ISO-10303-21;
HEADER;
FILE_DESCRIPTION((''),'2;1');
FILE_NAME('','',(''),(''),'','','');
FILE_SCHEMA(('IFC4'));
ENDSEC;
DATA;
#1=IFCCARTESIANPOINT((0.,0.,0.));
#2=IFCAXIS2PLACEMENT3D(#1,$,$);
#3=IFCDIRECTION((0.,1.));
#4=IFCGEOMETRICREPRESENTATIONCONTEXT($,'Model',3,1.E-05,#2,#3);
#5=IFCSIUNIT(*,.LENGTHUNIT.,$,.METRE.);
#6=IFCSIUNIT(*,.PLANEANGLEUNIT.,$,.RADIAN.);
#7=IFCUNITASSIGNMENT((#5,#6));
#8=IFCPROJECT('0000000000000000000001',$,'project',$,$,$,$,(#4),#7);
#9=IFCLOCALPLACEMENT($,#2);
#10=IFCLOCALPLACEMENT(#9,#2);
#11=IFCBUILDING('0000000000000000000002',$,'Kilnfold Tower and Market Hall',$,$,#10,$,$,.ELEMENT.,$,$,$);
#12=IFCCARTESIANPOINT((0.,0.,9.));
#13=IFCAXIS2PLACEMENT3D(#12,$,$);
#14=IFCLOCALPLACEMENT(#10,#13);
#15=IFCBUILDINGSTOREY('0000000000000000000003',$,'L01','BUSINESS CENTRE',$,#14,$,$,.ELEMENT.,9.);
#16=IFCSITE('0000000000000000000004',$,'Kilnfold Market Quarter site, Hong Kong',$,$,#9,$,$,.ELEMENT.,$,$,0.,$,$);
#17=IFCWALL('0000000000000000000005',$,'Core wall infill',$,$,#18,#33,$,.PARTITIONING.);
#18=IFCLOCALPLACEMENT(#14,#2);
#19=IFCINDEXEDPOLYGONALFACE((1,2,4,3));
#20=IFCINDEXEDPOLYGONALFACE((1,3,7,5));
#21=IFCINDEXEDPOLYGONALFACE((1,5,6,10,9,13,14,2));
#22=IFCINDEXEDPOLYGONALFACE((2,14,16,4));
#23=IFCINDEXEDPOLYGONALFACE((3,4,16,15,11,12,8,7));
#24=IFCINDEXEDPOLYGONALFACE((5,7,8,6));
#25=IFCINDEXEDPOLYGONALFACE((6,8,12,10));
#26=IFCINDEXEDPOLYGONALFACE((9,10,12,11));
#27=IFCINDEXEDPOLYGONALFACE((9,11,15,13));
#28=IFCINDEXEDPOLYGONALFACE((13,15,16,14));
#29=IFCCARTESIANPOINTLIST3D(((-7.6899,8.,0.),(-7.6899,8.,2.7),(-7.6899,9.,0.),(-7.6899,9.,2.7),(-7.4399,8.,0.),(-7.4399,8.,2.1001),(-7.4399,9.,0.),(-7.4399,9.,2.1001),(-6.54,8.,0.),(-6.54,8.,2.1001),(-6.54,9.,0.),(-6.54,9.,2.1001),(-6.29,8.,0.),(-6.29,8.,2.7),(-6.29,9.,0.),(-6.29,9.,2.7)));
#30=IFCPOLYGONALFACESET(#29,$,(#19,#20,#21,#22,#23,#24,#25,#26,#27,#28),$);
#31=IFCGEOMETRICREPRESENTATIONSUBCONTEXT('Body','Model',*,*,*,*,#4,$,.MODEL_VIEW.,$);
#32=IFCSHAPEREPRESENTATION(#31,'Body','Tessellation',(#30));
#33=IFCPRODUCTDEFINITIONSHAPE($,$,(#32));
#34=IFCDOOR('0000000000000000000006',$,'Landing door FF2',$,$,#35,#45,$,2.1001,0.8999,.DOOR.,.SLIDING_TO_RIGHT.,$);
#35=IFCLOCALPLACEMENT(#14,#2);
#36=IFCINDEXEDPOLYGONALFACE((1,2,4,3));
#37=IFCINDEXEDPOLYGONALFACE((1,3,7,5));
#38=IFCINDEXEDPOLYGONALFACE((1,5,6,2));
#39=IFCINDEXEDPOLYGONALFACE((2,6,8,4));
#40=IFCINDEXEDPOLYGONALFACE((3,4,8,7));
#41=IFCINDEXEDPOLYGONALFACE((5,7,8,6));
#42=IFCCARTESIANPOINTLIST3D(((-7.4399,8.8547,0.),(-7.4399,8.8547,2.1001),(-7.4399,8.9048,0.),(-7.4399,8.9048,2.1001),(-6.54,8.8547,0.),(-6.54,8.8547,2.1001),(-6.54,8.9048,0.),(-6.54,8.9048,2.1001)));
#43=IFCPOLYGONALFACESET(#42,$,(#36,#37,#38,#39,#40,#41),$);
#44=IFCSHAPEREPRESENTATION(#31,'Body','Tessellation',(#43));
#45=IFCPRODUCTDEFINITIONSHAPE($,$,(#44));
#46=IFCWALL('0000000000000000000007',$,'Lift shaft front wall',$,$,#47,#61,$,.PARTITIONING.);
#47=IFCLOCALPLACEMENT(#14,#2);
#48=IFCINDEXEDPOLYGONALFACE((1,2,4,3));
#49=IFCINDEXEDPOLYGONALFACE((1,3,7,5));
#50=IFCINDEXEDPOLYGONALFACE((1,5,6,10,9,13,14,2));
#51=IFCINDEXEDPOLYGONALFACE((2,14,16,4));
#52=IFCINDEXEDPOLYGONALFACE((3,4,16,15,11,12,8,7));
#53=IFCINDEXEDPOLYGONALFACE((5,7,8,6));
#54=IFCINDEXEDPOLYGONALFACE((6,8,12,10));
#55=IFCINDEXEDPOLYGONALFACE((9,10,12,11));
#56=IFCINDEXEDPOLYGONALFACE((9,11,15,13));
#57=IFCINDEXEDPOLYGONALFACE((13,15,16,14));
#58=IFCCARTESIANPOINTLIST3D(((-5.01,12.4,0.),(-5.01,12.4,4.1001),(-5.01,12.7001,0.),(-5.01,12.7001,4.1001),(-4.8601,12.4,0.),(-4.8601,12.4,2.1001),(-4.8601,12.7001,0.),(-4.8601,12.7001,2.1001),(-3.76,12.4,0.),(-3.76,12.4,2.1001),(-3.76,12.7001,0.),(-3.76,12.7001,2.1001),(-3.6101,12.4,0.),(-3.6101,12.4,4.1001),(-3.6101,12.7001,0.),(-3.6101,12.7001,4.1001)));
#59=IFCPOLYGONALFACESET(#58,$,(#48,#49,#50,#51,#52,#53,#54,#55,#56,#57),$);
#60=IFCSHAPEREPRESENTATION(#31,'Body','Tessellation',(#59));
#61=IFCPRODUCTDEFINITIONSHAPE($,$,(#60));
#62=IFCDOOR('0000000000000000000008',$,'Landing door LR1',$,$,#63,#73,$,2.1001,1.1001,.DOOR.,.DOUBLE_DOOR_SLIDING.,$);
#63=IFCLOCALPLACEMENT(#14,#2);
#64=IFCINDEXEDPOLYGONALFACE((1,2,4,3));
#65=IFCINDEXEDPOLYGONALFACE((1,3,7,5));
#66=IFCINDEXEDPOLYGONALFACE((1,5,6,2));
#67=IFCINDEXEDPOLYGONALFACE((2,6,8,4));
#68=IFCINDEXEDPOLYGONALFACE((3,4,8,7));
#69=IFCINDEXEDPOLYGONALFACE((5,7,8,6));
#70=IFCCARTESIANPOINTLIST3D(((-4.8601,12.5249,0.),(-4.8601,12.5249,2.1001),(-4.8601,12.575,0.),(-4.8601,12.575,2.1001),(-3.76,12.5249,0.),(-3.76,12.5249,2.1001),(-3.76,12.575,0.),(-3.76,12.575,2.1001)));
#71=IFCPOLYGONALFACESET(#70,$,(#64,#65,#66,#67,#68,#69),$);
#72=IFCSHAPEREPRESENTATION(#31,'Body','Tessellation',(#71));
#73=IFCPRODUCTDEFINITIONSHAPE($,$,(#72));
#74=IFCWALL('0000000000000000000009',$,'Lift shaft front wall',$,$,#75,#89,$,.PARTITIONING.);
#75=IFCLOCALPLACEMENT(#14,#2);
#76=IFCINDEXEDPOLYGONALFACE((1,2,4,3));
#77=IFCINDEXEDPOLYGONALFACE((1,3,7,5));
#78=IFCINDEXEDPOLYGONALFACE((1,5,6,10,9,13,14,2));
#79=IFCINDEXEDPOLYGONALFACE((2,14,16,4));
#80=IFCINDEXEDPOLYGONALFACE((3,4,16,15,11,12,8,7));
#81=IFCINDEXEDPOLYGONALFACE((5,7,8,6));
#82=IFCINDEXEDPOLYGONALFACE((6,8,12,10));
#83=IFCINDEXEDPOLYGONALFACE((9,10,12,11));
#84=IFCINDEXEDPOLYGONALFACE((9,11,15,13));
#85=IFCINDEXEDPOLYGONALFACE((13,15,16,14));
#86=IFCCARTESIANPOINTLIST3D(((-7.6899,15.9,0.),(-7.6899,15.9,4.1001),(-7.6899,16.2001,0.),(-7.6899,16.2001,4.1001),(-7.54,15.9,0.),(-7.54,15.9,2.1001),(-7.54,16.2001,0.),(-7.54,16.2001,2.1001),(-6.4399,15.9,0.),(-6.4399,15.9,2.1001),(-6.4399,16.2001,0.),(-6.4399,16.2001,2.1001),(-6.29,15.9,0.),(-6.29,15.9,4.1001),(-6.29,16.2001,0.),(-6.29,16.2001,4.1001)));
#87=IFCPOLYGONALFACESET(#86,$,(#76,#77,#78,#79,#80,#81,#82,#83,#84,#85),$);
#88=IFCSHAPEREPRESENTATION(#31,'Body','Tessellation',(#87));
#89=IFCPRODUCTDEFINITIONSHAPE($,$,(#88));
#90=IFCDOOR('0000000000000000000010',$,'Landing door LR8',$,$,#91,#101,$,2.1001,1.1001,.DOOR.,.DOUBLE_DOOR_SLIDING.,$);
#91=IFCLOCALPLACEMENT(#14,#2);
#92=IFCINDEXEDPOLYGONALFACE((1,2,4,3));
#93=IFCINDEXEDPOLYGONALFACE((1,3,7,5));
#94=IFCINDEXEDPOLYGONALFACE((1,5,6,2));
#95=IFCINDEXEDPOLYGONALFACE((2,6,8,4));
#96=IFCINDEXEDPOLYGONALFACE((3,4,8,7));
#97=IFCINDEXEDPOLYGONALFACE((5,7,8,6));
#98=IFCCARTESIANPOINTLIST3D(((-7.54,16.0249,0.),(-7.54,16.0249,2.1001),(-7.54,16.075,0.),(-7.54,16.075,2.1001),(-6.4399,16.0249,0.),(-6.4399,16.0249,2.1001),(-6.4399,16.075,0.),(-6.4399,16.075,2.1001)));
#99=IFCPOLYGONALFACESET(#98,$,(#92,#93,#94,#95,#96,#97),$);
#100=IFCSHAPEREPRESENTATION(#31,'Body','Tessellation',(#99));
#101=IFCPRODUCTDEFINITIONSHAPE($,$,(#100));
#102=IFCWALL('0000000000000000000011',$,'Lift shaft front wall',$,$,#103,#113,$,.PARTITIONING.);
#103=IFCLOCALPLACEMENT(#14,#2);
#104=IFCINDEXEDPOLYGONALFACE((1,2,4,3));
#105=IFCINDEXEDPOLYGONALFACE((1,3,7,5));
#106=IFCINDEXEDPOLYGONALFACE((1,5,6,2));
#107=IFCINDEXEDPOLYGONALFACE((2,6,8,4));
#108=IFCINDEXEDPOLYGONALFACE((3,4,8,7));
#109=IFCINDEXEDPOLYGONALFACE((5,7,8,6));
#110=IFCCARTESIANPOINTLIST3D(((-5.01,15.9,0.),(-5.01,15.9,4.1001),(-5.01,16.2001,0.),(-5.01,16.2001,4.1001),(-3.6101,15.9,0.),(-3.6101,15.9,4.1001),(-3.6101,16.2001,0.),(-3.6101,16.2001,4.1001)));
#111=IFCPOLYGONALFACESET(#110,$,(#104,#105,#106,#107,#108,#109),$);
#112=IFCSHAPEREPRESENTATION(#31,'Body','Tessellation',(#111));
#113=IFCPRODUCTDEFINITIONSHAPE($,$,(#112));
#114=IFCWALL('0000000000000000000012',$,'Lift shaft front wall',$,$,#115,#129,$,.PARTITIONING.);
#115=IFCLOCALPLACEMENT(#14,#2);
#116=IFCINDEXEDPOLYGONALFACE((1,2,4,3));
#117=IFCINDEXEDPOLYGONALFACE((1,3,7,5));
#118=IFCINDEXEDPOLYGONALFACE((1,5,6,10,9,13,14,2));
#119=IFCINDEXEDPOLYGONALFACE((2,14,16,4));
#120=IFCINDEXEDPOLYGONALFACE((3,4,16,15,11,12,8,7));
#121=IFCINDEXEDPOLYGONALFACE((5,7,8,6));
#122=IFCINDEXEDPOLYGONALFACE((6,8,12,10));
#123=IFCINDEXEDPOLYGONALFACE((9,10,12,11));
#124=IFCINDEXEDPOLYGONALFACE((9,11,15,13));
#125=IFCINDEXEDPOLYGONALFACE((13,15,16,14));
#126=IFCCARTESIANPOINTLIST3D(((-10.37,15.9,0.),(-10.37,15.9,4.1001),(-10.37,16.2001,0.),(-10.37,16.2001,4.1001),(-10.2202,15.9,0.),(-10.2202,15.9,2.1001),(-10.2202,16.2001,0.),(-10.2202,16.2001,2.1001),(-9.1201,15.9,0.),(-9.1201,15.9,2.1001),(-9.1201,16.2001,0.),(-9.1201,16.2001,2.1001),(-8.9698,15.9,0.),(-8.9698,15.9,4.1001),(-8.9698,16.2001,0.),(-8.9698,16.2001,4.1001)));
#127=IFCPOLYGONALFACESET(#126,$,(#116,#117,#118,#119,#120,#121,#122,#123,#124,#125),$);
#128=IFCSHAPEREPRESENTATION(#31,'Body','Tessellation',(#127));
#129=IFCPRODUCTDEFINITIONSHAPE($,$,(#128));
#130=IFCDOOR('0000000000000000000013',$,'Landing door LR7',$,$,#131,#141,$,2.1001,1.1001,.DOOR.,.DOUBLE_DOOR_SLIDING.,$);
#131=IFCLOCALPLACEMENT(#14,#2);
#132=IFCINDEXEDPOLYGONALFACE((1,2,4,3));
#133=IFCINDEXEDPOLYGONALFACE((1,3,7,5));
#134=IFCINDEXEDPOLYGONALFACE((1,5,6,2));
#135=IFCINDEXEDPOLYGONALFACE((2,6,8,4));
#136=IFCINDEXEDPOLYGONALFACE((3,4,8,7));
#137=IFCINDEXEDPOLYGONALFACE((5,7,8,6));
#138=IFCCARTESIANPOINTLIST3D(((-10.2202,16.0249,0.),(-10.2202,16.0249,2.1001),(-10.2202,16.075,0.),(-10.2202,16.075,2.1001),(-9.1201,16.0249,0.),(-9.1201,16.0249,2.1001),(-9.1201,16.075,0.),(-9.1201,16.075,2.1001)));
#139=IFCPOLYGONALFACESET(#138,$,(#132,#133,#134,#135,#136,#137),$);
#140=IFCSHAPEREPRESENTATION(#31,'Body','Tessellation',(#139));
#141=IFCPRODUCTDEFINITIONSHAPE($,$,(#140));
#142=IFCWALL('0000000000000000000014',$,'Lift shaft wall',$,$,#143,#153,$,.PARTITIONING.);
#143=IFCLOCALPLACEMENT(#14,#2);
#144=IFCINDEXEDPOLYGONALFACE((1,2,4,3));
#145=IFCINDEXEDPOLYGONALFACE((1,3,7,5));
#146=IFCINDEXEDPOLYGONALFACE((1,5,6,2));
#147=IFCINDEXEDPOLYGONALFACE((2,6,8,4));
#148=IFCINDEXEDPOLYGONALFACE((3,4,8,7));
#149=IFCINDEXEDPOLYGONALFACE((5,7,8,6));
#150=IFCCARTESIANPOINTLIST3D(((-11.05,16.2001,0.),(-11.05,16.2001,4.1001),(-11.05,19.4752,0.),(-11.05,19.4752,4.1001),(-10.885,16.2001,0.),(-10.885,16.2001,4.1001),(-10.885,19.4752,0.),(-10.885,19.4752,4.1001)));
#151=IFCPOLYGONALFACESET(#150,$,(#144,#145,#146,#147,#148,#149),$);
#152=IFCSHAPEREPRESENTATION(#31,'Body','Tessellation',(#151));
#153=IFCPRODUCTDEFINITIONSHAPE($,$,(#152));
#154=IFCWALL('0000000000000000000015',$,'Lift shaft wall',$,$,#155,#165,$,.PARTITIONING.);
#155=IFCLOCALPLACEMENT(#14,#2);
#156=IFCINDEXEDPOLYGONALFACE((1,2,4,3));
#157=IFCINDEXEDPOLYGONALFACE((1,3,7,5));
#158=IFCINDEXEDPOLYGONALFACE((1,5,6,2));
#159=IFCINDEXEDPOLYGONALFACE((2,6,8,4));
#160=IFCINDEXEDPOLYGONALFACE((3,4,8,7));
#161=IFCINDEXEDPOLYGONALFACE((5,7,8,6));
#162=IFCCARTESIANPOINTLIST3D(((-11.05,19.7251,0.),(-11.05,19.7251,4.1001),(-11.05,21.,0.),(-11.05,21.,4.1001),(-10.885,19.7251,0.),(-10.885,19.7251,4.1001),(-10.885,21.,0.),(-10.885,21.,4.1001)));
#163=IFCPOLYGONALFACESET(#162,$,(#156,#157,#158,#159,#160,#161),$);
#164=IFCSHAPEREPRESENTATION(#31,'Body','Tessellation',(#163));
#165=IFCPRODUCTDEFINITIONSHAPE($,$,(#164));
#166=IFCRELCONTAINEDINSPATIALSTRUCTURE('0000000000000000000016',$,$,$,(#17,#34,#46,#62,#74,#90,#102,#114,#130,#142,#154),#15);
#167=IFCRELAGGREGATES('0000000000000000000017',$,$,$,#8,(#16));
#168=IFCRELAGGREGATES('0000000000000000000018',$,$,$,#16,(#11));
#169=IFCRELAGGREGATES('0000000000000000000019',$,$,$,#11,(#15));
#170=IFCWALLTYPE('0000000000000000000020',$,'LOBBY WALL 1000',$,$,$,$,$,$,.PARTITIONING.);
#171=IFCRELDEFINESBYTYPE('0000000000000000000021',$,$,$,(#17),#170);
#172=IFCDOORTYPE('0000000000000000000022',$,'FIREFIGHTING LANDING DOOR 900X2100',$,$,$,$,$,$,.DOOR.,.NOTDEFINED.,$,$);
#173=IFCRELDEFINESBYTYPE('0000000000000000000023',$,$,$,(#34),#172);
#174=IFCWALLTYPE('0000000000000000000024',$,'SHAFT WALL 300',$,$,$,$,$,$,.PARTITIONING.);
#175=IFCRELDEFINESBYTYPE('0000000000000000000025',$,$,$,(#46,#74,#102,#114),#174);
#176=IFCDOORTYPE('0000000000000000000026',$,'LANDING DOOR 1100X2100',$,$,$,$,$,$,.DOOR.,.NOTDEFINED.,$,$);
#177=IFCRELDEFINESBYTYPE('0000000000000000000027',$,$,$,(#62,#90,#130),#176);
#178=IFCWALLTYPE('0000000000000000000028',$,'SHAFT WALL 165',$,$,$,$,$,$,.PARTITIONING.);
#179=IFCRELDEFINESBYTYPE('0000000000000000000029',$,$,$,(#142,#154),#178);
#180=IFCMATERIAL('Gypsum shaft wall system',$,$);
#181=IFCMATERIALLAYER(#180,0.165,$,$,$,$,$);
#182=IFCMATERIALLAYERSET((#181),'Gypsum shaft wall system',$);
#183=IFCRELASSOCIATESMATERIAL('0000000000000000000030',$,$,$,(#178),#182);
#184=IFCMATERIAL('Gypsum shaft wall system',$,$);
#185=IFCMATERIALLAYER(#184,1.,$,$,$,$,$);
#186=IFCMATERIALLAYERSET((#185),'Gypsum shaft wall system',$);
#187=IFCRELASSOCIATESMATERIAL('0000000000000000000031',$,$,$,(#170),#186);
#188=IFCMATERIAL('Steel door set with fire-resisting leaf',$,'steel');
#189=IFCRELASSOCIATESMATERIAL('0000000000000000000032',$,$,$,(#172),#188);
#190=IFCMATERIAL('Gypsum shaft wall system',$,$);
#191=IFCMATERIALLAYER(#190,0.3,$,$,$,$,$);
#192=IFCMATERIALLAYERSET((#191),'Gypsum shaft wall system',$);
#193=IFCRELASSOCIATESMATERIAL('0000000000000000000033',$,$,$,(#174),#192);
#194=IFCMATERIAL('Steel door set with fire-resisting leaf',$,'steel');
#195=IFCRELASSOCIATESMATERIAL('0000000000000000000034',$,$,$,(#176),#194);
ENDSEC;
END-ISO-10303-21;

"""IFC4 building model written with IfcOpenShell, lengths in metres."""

from ifc_helpers import new_model, si_unit, direction, frame, frame_2d, origin, place, context, subcontext, project, spatial, rectangle, extrude, source, transform, mapped, material, layer, layer_set, type_object, element, fill, save


model = new_model("IFC4")

# Units and contexts
model_context = context("Model", 3, precision=1e-05, world=origin(), true_north=direction((0.0, 1.0)))
body_context = subcontext(model_context, "Body", "Model", "MODEL_VIEW")
ifc_project = project(units=[si_unit("LENGTHUNIT", "METRE"), si_unit("PLANEANGLEUNIT", "RADIAN")], contexts=[model_context])

# Site, building, storey
site_placement = place(None, origin())
site = spatial("IfcSite", under=ifc_project, at=site_placement, Name="Kilnfold Market Quarter site, Hong Kong", CompositionType="ELEMENT", RefElevation=0.0)
building_placement = place(site_placement, origin())
building = spatial("IfcBuilding", under=site, at=building_placement, Name="Kilnfold Tower and Market Hall", CompositionType="ELEMENT")
storey_placement = place(building_placement, frame((0.0, 0.0, 9.0)))
storey = spatial("IfcBuildingStorey", under=building, at=storey_placement, Name="L01", Description="BUSINESS CENTRE", CompositionType="ELEMENT", Elevation=9.0)

# Shared definitions
ifc_material_1 = material(Name="Gypsum shaft wall system")
ifc_layer_1 = layer(ifc_material_1, 0.165)
ifc_layer_set_1 = layer_set([ifc_layer_1], Name="Gypsum shaft wall system")
wall_type_1 = type_object("IfcWallType", Name="SHAFT WALL 165", PredefinedType="PARTITIONING", material=ifc_layer_set_1)

# Walls, openings, doors
ifc_material_2 = material(Name="Gypsum shaft wall system")
ifc_layer_2 = layer(ifc_material_2, 1.0)
ifc_layer_set_2 = layer_set([ifc_layer_2], Name="Gypsum shaft wall system")
wall_type_2 = type_object("IfcWallType", Name="LOBBY WALL 1000", PredefinedType="PARTITIONING", material=ifc_layer_set_2)
ifc_material_3 = material(Name="Steel door set with fire-resisting leaf", Category="steel")
door_type_1 = type_object("IfcDoorType", Name="FIREFIGHTING LANDING DOOR 900X2100", OperationType="NOTDEFINED", PredefinedType="DOOR", material=ifc_material_3)
shared_shape_1 = source(origin(), body_context, "Body", "SweptSolid", [
    extrude(rectangle(XDim=1.3999, YDim=1.0, at=frame_2d((0.7, 0.0))), origin(), (0.0, 0.0, 1.0), 2.7),
])
wall_1_placement = place(storey_placement, frame((-7.6899, 8.5, 0.0), z_axis=(0.0, 0.0, 1.0), x_axis=(1.0, 0.0, 0.0)))
wall_1 = element("IfcWall", 1, at=wall_1_placement, inside=storey, type_object=wall_type_2, Name="Core wall infill", PredefinedType="PARTITIONING", context=body_context, shape_type="MappedRepresentation", body=[
    mapped(shared_shape_1, transform((0.0, 0.0, 0.0))),
])
opening_1_placement = place(wall_1_placement, frame((0.25, 0.0, 0.0)))
opening_1 = element("IfcOpeningElement", 2, at=opening_1_placement, cuts=wall_1, PredefinedType="OPENING", context=body_context, shape_type="SweptSolid", body=[
    extrude(rectangle(XDim=0.8999, YDim=2.1001, at=frame_2d((0.45, 1.05))), frame((0.0, 0.51, 0.0), z_axis=(0.0, -1.0, 0.0), x_axis=(1.0, 0.0, 0.0)), (0.0, 0.0, 1.0), 1.02),
])
door_1_placement = place(opening_1_placement, origin())
door_1 = element("IfcDoor", 3, at=door_1_placement, inside=storey, type_object=door_type_1, Name="Landing door FF2", OperationType="SLIDING_TO_RIGHT", OverallHeight=2.1001, OverallWidth=0.8999, PredefinedType="DOOR", context=body_context, shape_type="SweptSolid", body=[
    extrude(rectangle(XDim=0.8999, YDim=2.1001, at=frame_2d((0.45, 1.05))), frame((0.0, 0.4048, 0.0), z_axis=(0.0, -1.0, 0.0), x_axis=(1.0, 0.0, 0.0)), (0.0, 0.0, 1.0), 0.05),
])
fill(opening_1, door_1)
ifc_material_4 = material(Name="Gypsum shaft wall system")
ifc_layer_3 = layer(ifc_material_4, 0.3)
ifc_layer_set_3 = layer_set([ifc_layer_3], Name="Gypsum shaft wall system")
wall_type_3 = type_object("IfcWallType", Name="SHAFT WALL 300", PredefinedType="PARTITIONING", material=ifc_layer_set_3)
shared_shape_2 = source(origin(), body_context, "Body", "SweptSolid", [
    extrude(rectangle(XDim=1.3999, YDim=0.3, at=frame_2d((0.7, 0.0))), origin(), (0.0, 0.0, 1.0), 4.1001),
])
wall_2_placement = place(storey_placement, frame((-5.01, 12.55, 0.0), z_axis=(0.0, 0.0, 1.0), x_axis=(1.0, 0.0, 0.0)))
wall_2 = element("IfcWall", 4, at=wall_2_placement, inside=storey, type_object=wall_type_3, Name="Lift shaft front wall", PredefinedType="PARTITIONING", context=body_context, shape_type="MappedRepresentation", body=[
    mapped(shared_shape_2, transform((0.0, 0.0, 0.0))),
])
opening_2_placement = place(wall_2_placement, frame((0.1499, 0.0, 0.0)))
opening_2 = element("IfcOpeningElement", 5, at=opening_2_placement, cuts=wall_2, PredefinedType="OPENING", context=body_context, shape_type="SweptSolid", body=[
    extrude(rectangle(XDim=1.1001, YDim=2.1001, at=frame_2d((0.55, 1.05))), frame((0.0, 0.1602, 0.0), z_axis=(0.0, -1.0, 0.0), x_axis=(1.0, 0.0, 0.0)), (0.0, 0.0, 1.0), 0.3201),
])
ifc_material_5 = material(Name="Steel door set with fire-resisting leaf", Category="steel")
door_type_2 = type_object("IfcDoorType", Name="LANDING DOOR 1100X2100", OperationType="NOTDEFINED", PredefinedType="DOOR", material=ifc_material_5)
door_2_placement = place(opening_2_placement, origin())
door_2 = element("IfcDoor", 6, at=door_2_placement, inside=storey, type_object=door_type_2, Name="Landing door LR1", OperationType="DOUBLE_DOOR_SLIDING", OverallHeight=2.1001, OverallWidth=1.1001, PredefinedType="DOOR", context=body_context, shape_type="SweptSolid", body=[
    extrude(rectangle(XDim=1.1001, YDim=2.1001, at=frame_2d((0.55, 1.05))), frame((0.0, 0.0249, 0.0), z_axis=(0.0, -1.0, 0.0), x_axis=(1.0, 0.0, 0.0)), (0.0, 0.0, 1.0), 0.05),
])
fill(opening_2, door_2)
wall_3_placement = place(storey_placement, frame((-7.6899, 16.05, 0.0), z_axis=(0.0, 0.0, 1.0), x_axis=(1.0, 0.0, 0.0)))
wall_3 = element("IfcWall", 7, at=wall_3_placement, inside=storey, type_object=wall_type_3, Name="Lift shaft front wall", PredefinedType="PARTITIONING", context=body_context, shape_type="MappedRepresentation", body=[
    mapped(shared_shape_2, transform((0.0, 0.0, 0.0))),
])
opening_3_placement = place(wall_3_placement, frame((0.1499, 0.0, 0.0)))
opening_3 = element("IfcOpeningElement", 8, at=opening_3_placement, cuts=wall_3, PredefinedType="OPENING", context=body_context, shape_type="SweptSolid", body=[
    extrude(rectangle(XDim=1.1001, YDim=2.1001, at=frame_2d((0.55, 1.05))), frame((0.0, 0.1602, 0.0), z_axis=(0.0, -1.0, 0.0), x_axis=(1.0, 0.0, 0.0)), (0.0, 0.0, 1.0), 0.3201),
])
door_3_placement = place(opening_3_placement, origin())
door_3 = element("IfcDoor", 9, at=door_3_placement, inside=storey, type_object=door_type_2, Name="Landing door LR8", OperationType="DOUBLE_DOOR_SLIDING", OverallHeight=2.1001, OverallWidth=1.1001, PredefinedType="DOOR", context=body_context, shape_type="SweptSolid", body=[
    extrude(rectangle(XDim=1.1001, YDim=2.1001, at=frame_2d((0.55, 1.05))), frame((0.0, 0.0249, 0.0), z_axis=(0.0, -1.0, 0.0), x_axis=(1.0, 0.0, 0.0)), (0.0, 0.0, 1.0), 0.05),
])
fill(opening_3, door_3)

# Wall
wall_4_placement = place(storey_placement, frame((-5.01, 16.05, 0.0), z_axis=(0.0, 0.0, 1.0), x_axis=(1.0, 0.0, 0.0)))
element("IfcWall", 10, at=wall_4_placement, inside=storey, type_object=wall_type_3, Name="Lift shaft front wall", PredefinedType="PARTITIONING", context=body_context, shape_type="MappedRepresentation", body=[
    mapped(shared_shape_2, transform((0.0, 0.0, 0.0))),
])

# Wall, opening, door
shared_shape_3 = source(origin(), body_context, "Body", "SweptSolid", [
    extrude(rectangle(XDim=1.4001, YDim=0.3, at=frame_2d((0.7002, 0.0))), origin(), (0.0, 0.0, 1.0), 4.1001),
])
wall_5_placement = place(storey_placement, frame((-10.3701, 16.05, 0.0), z_axis=(0.0, 0.0, 1.0), x_axis=(1.0, 0.0, 0.0)))
wall_5 = element("IfcWall", 11, at=wall_5_placement, inside=storey, type_object=wall_type_3, Name="Lift shaft front wall", PredefinedType="PARTITIONING", context=body_context, shape_type="MappedRepresentation", body=[
    mapped(shared_shape_3, transform((0.0, 0.0, 0.0))),
])
opening_4_placement = place(wall_5_placement, frame((0.1499, 0.0, 0.0)))
opening_4 = element("IfcOpeningElement", 12, at=opening_4_placement, cuts=wall_5, PredefinedType="OPENING", context=body_context, shape_type="SweptSolid", body=[
    extrude(rectangle(XDim=1.1001, YDim=2.1001, at=frame_2d((0.55, 1.05))), frame((0.0, 0.1602, 0.0), z_axis=(0.0, -1.0, 0.0), x_axis=(1.0, 0.0, 0.0)), (0.0, 0.0, 1.0), 0.3201),
])
door_4_placement = place(opening_4_placement, origin())
door_4 = element("IfcDoor", 13, at=door_4_placement, inside=storey, type_object=door_type_2, Name="Landing door LR7", OperationType="DOUBLE_DOOR_SLIDING", OverallHeight=2.1001, OverallWidth=1.1001, PredefinedType="DOOR", context=body_context, shape_type="SweptSolid", body=[
    extrude(rectangle(XDim=1.1001, YDim=2.1001, at=frame_2d((0.55, 1.05))), frame((0.0, 0.0249, 0.0), z_axis=(0.0, -1.0, 0.0), x_axis=(1.0, 0.0, 0.0)), (0.0, 0.0, 1.0), 0.05),
])
fill(opening_4, door_4)

# Walls
shared_shape_4 = source(origin(), body_context, "Body", "SweptSolid", [
    extrude(rectangle(XDim=3.2751, YDim=0.165, at=frame_2d((1.6377, 0.0))), origin(), (0.0, 0.0, 1.0), 4.1001),
])
wall_6_placement = place(storey_placement, frame((-10.9675, 16.2, 0.0), z_axis=(0.0, 0.0, 1.0), x_axis=(0.0, 1.0, 0.0)))
element("IfcWall", 14, at=wall_6_placement, inside=storey, type_object=wall_type_1, Name="Lift shaft wall", PredefinedType="PARTITIONING", context=body_context, shape_type="MappedRepresentation", body=[
    mapped(shared_shape_4, transform((0.0, 0.0, 0.0))),
])
shared_shape_5 = source(origin(), body_context, "Body", "SweptSolid", [
    extrude(rectangle(XDim=1.2749, YDim=0.165, at=frame_2d((0.6375, 0.0))), origin(), (0.0, 0.0, 1.0), 4.1001),
])
wall_7_placement = place(storey_placement, frame((-10.9675, 19.7251, 0.0), z_axis=(0.0, 0.0, 1.0), x_axis=(0.0, 1.0, 0.0)))
element("IfcWall", 15, at=wall_7_placement, inside=storey, type_object=wall_type_1, Name="Lift shaft wall", PredefinedType="PARTITIONING", context=body_context, shape_type="MappedRepresentation", body=[
    mapped(shared_shape_5, transform((0.0, 0.0, 0.0))),
])

save(model, "model.ifc")
